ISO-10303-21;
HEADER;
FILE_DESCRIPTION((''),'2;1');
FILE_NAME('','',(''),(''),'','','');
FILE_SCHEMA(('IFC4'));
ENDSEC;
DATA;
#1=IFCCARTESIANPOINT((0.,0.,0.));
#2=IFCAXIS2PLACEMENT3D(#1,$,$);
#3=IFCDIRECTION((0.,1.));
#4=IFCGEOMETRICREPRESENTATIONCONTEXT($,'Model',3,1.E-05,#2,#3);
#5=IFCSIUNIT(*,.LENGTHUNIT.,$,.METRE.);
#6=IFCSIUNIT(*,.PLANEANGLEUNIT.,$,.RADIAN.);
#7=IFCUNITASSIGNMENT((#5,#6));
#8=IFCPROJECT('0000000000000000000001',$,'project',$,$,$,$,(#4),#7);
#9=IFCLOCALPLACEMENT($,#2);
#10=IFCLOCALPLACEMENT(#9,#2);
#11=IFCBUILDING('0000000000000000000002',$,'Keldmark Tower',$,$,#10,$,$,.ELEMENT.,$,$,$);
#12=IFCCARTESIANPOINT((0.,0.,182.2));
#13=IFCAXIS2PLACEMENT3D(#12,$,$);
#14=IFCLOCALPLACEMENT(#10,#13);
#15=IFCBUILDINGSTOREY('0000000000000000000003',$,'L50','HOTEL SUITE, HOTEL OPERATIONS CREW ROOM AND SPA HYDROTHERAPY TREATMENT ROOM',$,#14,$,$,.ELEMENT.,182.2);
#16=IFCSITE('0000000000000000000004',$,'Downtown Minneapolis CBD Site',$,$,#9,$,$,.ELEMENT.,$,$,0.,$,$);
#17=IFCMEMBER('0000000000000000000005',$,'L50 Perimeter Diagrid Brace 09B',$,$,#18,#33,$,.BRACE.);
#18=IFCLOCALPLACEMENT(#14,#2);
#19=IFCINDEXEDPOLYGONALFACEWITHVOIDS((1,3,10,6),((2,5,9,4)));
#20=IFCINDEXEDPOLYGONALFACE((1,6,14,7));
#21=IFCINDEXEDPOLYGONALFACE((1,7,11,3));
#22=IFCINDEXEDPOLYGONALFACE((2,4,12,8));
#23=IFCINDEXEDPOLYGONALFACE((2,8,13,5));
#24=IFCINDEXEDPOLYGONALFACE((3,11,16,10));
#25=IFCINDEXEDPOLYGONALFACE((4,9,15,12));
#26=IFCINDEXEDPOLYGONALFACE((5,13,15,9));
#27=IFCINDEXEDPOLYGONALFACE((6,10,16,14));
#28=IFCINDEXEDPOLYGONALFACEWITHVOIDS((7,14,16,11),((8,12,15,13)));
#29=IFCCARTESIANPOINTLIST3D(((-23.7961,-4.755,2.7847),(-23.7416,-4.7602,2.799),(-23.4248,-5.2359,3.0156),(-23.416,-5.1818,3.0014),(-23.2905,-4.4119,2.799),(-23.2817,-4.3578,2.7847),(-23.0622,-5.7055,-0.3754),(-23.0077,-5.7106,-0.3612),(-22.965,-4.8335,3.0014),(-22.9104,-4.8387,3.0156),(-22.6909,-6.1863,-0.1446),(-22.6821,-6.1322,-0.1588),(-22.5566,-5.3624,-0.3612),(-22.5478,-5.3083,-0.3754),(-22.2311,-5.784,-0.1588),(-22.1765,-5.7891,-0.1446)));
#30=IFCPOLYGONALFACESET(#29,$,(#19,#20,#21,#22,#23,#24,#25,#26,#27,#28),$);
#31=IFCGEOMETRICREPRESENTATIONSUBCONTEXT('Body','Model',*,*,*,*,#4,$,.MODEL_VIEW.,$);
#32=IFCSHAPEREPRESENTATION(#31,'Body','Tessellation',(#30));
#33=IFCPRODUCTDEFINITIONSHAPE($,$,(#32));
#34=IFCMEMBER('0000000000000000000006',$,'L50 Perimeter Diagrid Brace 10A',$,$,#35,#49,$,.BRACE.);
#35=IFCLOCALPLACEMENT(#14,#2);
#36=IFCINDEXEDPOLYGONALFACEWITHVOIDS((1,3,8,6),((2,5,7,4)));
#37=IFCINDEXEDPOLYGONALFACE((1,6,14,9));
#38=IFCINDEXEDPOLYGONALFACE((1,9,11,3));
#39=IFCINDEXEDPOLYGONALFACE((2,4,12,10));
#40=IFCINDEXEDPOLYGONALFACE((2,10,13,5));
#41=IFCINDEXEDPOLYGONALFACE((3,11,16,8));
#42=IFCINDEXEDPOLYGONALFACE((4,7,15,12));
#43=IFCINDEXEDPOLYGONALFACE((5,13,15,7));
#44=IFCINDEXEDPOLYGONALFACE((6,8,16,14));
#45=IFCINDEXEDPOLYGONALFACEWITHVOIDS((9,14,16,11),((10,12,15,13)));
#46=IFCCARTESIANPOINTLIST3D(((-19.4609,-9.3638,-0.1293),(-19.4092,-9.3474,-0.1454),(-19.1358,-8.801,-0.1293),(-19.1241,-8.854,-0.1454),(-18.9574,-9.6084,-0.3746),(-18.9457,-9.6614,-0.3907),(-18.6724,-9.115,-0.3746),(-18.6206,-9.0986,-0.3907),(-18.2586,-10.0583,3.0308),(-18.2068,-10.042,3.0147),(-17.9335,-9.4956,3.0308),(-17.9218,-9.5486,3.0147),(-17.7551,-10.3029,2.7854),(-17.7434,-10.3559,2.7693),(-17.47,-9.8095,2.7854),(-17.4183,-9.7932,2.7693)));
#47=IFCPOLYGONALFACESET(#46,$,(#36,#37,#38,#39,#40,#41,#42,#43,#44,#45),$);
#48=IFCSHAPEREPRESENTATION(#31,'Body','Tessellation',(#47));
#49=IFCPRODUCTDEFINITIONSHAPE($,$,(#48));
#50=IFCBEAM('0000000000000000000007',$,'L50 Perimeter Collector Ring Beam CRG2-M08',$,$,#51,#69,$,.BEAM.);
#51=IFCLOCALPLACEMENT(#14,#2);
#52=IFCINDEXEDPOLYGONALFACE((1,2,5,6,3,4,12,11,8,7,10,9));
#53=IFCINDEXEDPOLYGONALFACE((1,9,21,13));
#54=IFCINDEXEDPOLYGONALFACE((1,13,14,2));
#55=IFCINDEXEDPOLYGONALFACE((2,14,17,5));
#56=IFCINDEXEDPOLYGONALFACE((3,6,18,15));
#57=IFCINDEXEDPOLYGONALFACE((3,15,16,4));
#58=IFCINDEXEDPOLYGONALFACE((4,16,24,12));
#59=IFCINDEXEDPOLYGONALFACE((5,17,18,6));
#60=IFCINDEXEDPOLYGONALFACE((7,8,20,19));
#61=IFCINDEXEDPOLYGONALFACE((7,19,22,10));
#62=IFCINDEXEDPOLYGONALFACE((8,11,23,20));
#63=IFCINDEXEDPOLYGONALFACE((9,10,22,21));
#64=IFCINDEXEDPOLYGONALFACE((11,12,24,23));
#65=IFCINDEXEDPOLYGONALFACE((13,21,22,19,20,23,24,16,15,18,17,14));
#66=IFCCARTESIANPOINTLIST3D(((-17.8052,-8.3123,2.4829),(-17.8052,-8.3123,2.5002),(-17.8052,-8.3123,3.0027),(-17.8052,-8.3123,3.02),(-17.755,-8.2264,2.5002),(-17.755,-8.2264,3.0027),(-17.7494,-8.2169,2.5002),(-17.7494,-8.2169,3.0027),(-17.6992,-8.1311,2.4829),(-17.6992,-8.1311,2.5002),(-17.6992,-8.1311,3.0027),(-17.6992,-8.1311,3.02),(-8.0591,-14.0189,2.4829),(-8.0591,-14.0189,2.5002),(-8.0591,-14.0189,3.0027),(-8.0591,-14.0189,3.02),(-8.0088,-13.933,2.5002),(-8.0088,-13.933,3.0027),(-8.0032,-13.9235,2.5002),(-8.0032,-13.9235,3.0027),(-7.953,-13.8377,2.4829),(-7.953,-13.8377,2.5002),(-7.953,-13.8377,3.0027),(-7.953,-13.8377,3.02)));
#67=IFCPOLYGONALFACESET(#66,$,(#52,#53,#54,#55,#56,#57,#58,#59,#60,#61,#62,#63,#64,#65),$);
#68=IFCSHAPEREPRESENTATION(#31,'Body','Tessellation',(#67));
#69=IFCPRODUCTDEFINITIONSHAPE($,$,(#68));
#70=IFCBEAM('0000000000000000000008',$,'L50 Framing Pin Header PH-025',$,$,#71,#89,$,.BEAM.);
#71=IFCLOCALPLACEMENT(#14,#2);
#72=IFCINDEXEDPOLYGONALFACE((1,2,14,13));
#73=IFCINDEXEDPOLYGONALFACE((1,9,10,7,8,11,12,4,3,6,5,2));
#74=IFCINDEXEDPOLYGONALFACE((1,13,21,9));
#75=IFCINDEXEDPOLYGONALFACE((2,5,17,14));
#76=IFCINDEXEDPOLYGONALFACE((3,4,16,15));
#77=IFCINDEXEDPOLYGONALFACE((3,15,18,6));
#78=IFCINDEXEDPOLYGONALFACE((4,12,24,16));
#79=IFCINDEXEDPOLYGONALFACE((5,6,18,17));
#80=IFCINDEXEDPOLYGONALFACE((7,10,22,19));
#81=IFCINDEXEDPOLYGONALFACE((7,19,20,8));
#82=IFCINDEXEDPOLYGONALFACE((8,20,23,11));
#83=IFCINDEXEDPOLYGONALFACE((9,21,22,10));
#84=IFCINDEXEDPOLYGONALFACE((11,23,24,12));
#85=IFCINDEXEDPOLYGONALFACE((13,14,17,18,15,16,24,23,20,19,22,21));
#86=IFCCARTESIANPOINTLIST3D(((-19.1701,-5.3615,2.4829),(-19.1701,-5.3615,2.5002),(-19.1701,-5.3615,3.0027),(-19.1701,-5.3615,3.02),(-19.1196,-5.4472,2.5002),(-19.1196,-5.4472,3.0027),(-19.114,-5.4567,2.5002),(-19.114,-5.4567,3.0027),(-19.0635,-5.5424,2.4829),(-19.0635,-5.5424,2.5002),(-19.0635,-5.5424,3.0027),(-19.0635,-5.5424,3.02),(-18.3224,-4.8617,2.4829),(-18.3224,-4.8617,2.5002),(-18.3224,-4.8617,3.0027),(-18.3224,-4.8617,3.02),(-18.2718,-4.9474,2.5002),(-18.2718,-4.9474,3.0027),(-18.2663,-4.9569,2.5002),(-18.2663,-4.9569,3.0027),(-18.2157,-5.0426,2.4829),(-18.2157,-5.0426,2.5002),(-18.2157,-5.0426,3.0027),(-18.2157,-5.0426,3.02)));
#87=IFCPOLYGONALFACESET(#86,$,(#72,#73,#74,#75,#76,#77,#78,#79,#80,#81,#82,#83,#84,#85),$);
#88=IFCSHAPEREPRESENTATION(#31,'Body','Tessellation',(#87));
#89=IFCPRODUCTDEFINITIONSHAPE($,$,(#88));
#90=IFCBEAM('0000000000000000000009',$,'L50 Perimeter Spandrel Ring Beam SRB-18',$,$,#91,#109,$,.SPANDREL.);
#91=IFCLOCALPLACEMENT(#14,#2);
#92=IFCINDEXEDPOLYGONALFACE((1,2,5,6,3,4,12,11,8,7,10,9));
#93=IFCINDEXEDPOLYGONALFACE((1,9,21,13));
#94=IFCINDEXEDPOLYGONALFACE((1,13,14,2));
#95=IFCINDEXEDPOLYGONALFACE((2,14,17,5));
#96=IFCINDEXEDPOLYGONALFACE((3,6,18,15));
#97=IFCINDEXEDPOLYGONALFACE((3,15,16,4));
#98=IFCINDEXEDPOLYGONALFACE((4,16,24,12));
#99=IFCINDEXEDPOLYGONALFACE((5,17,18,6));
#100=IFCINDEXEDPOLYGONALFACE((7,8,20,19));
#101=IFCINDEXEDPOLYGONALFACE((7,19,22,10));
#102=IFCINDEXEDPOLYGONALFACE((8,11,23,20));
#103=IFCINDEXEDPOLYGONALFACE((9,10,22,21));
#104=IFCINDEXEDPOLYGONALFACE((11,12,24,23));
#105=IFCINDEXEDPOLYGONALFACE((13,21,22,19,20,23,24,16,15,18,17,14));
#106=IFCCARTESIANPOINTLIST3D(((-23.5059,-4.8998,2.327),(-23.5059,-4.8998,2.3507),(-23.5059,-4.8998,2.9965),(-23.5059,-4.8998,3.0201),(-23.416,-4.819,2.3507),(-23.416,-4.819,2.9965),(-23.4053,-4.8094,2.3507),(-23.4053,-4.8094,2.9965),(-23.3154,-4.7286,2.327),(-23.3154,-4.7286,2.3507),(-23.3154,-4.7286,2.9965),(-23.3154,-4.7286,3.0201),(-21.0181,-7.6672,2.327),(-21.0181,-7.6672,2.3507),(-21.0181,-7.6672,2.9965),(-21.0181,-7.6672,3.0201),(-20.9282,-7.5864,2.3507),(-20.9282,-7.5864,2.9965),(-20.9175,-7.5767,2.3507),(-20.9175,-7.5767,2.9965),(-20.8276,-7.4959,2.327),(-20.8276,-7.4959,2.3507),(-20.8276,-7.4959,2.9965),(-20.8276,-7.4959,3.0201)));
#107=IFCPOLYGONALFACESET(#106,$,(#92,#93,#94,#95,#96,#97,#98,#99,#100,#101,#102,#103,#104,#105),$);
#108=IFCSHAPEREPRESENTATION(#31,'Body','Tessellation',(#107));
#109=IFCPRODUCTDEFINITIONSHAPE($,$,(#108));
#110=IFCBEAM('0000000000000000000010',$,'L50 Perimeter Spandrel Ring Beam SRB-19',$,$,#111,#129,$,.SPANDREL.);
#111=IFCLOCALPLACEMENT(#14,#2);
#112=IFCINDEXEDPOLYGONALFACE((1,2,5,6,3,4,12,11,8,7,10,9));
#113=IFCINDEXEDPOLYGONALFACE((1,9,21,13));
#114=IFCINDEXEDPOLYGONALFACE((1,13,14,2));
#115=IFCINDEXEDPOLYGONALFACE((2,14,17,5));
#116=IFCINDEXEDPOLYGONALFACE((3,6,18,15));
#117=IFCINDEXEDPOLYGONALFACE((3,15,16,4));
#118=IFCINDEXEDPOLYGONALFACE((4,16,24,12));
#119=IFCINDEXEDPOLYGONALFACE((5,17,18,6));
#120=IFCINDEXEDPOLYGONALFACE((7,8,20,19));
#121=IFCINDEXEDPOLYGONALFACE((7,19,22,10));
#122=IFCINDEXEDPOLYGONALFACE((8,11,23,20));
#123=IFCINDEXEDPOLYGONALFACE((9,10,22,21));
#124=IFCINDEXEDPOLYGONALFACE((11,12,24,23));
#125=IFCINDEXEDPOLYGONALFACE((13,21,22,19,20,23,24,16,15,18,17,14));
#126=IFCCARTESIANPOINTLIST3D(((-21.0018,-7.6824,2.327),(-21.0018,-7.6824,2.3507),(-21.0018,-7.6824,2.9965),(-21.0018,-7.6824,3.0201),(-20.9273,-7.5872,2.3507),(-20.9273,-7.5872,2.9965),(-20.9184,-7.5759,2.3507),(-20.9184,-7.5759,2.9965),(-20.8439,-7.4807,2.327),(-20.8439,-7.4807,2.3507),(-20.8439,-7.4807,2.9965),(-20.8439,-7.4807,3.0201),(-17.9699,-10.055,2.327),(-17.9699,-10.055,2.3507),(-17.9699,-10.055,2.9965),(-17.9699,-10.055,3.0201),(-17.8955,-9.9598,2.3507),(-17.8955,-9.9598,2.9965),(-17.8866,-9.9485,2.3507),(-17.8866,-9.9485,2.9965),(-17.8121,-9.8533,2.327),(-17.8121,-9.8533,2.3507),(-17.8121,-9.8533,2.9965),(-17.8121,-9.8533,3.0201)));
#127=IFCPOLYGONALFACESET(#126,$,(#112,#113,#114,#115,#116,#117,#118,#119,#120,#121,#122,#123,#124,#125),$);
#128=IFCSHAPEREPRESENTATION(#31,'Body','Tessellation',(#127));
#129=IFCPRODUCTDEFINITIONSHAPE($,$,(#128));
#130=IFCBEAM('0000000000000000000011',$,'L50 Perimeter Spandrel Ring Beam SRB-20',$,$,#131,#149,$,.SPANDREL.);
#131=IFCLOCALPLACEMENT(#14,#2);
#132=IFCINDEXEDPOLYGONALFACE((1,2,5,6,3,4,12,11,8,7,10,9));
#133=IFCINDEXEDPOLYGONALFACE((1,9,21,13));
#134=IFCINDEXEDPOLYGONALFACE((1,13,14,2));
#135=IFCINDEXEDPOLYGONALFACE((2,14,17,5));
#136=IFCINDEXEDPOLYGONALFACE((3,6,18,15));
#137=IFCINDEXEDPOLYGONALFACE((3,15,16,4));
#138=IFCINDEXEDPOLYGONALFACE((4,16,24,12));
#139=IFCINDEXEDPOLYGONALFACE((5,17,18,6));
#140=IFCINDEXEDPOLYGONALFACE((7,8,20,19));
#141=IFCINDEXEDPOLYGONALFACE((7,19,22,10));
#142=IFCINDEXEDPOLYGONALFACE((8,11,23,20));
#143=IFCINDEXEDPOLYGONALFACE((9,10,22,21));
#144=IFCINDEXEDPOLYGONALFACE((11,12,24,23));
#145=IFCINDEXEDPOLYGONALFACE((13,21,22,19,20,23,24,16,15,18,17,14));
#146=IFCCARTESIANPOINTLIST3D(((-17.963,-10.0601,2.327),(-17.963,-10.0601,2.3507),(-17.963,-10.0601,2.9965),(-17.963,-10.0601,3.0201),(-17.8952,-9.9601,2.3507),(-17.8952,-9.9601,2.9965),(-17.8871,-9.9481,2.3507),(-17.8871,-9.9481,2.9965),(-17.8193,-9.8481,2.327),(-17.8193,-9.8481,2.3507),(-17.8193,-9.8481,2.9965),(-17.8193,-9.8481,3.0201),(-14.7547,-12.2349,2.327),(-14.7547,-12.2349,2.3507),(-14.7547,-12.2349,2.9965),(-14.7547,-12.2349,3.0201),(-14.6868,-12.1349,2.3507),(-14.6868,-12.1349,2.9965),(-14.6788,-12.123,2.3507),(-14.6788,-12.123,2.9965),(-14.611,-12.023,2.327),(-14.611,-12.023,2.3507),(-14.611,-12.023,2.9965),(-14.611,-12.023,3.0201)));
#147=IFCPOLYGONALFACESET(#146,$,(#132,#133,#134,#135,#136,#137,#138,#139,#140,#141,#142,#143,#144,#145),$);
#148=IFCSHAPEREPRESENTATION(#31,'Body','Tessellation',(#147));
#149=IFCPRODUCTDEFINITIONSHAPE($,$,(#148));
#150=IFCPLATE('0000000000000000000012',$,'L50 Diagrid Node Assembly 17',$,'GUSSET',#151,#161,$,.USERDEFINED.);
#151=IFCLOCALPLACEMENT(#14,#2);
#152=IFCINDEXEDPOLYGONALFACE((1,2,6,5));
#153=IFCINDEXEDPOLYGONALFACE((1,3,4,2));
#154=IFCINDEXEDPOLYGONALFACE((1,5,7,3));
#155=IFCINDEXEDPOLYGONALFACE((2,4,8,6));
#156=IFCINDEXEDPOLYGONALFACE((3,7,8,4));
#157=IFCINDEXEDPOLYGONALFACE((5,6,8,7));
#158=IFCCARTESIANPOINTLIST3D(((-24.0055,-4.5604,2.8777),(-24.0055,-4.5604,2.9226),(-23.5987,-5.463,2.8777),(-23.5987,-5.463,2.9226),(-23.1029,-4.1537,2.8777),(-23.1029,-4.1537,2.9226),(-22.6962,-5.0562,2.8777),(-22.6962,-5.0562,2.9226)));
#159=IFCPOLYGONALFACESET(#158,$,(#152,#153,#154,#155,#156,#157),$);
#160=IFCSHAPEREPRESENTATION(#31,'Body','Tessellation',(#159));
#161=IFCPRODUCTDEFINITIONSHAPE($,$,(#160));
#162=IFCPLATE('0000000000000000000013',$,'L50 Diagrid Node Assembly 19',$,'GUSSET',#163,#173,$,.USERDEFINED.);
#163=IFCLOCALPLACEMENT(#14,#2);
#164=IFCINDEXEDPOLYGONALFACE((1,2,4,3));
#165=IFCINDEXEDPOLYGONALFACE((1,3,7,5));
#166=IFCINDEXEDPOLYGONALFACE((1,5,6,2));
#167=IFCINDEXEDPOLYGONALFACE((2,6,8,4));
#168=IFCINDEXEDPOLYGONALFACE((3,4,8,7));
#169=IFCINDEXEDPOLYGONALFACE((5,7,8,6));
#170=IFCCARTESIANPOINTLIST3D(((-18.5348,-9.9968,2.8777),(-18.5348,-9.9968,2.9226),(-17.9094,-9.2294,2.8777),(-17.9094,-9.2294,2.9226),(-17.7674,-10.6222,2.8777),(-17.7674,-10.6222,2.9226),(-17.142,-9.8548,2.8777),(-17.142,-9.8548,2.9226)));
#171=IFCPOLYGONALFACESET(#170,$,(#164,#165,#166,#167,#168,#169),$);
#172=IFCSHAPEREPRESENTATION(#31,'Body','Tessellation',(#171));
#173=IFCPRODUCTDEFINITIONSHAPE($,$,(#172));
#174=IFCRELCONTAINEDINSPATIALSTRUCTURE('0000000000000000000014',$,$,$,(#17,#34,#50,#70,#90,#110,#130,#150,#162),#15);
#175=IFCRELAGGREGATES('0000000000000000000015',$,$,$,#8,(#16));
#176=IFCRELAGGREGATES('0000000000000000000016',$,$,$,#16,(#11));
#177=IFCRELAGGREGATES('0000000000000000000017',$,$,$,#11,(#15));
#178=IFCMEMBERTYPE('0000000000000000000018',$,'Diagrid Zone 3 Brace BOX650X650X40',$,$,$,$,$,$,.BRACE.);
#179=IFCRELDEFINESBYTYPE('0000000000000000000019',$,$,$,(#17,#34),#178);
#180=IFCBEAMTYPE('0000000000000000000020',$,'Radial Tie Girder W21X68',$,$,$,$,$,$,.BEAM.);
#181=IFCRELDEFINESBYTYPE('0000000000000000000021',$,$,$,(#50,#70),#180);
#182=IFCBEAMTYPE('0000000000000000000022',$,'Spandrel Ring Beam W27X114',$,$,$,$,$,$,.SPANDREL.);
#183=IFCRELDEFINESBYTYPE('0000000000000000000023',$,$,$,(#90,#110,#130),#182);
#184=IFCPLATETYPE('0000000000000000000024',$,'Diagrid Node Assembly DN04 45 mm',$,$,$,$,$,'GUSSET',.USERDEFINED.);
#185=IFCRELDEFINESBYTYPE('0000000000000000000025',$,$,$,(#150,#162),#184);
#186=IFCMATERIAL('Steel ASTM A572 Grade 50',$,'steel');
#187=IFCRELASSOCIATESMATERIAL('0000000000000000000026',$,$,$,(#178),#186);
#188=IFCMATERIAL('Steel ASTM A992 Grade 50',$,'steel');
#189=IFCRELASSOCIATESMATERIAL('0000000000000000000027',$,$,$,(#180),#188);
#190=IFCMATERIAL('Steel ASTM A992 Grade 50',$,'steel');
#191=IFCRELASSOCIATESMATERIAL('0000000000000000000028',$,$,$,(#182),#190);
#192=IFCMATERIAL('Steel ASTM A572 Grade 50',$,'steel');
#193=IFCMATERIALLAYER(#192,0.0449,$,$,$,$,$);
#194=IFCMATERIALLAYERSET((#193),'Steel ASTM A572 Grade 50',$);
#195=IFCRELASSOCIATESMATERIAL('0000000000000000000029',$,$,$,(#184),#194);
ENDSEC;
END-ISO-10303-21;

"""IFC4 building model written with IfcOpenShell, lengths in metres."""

from ifc_helpers import new_model, si_unit, direction, frame, origin, origin_2d, place, context, subcontext, project, spatial, rectangle, hollow_rectangle, i_section, extrude, material, layer, layer_set, material_profile, profile_set, type_object, element, save


model = new_model("IFC4")

# Units and contexts
model_context = context("Model", 3, precision=1e-05, world=origin(), true_north=direction((0.0, 1.0)))
body_context = subcontext(model_context, "Body", "Model", "MODEL_VIEW")
ifc_project = project(units=[si_unit("LENGTHUNIT", "METRE"), si_unit("PLANEANGLEUNIT", "RADIAN")], contexts=[model_context])

# Site, building, storey
site_placement = place(None, origin())
site = spatial("IfcSite", under=ifc_project, at=site_placement, Name="Downtown Minneapolis CBD Site", CompositionType="ELEMENT", RefElevation=0.0)
building_placement = place(site_placement, origin())
building = spatial("IfcBuilding", under=site, at=building_placement, Name="Keldmark Tower", CompositionType="ELEMENT")
storey_placement = place(building_placement, frame((0.0, 0.0, 182.2)))
storey = spatial("IfcBuildingStorey", under=building, at=storey_placement, Name="L50", Description="HOTEL SUITE, HOTEL OPERATIONS CREW ROOM AND SPA HYDROTHERAPY TREATMENT ROOM", CompositionType="ELEMENT", Elevation=182.2)

# Members
ifc_material_1 = material(Name="Steel ASTM A572 Grade 50", Category="steel")
ifc_material_profile_1 = material_profile(ifc_material_1, hollow_rectangle(XDim=0.6499, YDim=0.6499, WallThickness=0.04, at=origin_2d()), Name="BOX650X650X40")
ifc_profile_set_1 = profile_set([ifc_material_profile_1], Name="Steel ASTM A572 Grade 50")
member_type = type_object("IfcMemberType", Name="Diagrid Zone 3 Brace BOX650X650X40", PredefinedType="BRACE", material=ifc_profile_set_1)
member_1_placement = place(storey_placement, frame((-22.6194, -5.7473, -0.26), z_axis=(-0.217087, 0.281145, 0.934789), x_axis=(-0.791504, -0.611164, 0.0)))
element("IfcMember", 1, at=member_1_placement, inside=storey, type_object=member_type, Name="L50 Perimeter Diagrid Brace 09B", PredefinedType="BRACE", context=body_context, shape_type="SweptSolid", body=[
    extrude(hollow_rectangle(XDim=0.6499, YDim=0.6499, WallThickness=0.04, at=origin_2d()), origin(), (0.0, 0.0, 1.0), 3.3806),
])
member_2_placement = place(storey_placement, frame((-19.0408, -9.2312, -0.26), z_axis=(0.34834, -0.201224, 0.915515), x_axis=(0.500204, 0.865907, 0.0)))
element("IfcMember", 2, at=member_2_placement, inside=storey, type_object=member_type, Name="L50 Perimeter Diagrid Brace 10A", PredefinedType="BRACE", context=body_context, shape_type="SweptSolid", body=[
    extrude(hollow_rectangle(XDim=0.6499, YDim=0.6499, WallThickness=0.04, at=origin_2d()), origin(), (0.0, 0.0, 1.0), 3.4517),
])

# Beams
ifc_material_2 = material(Name="Steel ASTM A992 Grade 50", Category="steel")
ifc_material_profile_2 = material_profile(ifc_material_2, i_section(OverallWidth=0.21, OverallDepth=0.5371, WebThickness=0.011, FlangeThickness=0.0173, at=origin_2d()), Name="W21X68")
ifc_profile_set_2 = profile_set([ifc_material_profile_2], Name="Steel ASTM A992 Grade 50")
beam_type_1 = type_object("IfcBeamType", Name="Radial Tie Girder W21X68", PredefinedType="BEAM", material=ifc_profile_set_2)
beam_1_placement = place(storey_placement, frame((-17.7522, -8.2217, 2.7515), z_axis=(0.862956, -0.505279, 0.0), x_axis=(0.505279, 0.862956, 0.0)))
element("IfcBeam", 3, at=beam_1_placement, inside=storey, type_object=beam_type_1, Name="L50 Perimeter Collector Ring Beam CRG2-M08", PredefinedType="BEAM", context=body_context, shape_type="SweptSolid", body=[
    extrude(i_section(OverallWidth=0.21, OverallDepth=0.5371, WebThickness=0.011, FlangeThickness=0.0173, at=origin_2d()), origin(), (0.0, 0.0, 1.0), 11.2939),
])
beam_2_placement = place(storey_placement, frame((-18.269, -4.9521, 2.7515), z_axis=(-0.86143, -0.507876, 0.0), x_axis=(0.507876, -0.86143, 0.0)))
element("IfcBeam", 4, at=beam_2_placement, inside=storey, type_object=beam_type_1, Name="L50 Framing Pin Header PH-025", PredefinedType="BEAM", context=body_context, shape_type="SweptSolid", body=[
    extrude(i_section(OverallWidth=0.21, OverallDepth=0.5371, WebThickness=0.011, FlangeThickness=0.0173, at=origin_2d()), origin(), (0.0, 0.0, 1.0), 0.9841),
])
ifc_material_3 = material(Name="Steel ASTM A992 Grade 50", Category="steel")
ifc_material_profile_3 = material_profile(ifc_material_3, i_section(OverallWidth=0.2561, OverallDepth=0.6931, WebThickness=0.0144, FlangeThickness=0.0237, at=origin_2d()), Name="W27X114")
ifc_profile_set_3 = profile_set([ifc_material_profile_3], Name="Steel ASTM A992 Grade 50")
beam_type_2 = type_object("IfcBeamType", Name="Spandrel Ring Beam W27X114", PredefinedType="SPANDREL", material=ifc_profile_set_3)
beam_3_placement = place(storey_placement, frame((-23.4106, -4.8142, 2.6736), z_axis=(0.668548, -0.743669, 0.0), x_axis=(0.743669, 0.668548, 0.0)))
element("IfcBeam", 5, at=beam_3_placement, inside=storey, type_object=beam_type_2, Name="L50 Perimeter Spandrel Ring Beam SRB-18", PredefinedType="SPANDREL", context=body_context, shape_type="SweptSolid", body=[
    extrude(i_section(OverallWidth=0.2561, OverallDepth=0.6931, WebThickness=0.0144, FlangeThickness=0.0237, at=origin_2d()), origin(), (0.0, 0.0, 1.0), 3.7212),
])
beam_4_placement = place(storey_placement, frame((-20.9229, -7.5815, 2.6736), z_axis=(0.787518, -0.616291, 0.0), x_axis=(0.616291, 0.787518, 0.0)))
element("IfcBeam", 6, at=beam_4_placement, inside=storey, type_object=beam_type_2, Name="L50 Perimeter Spandrel Ring Beam SRB-19", PredefinedType="SPANDREL", context=body_context, shape_type="SweptSolid", body=[
    extrude(i_section(OverallWidth=0.2561, OverallDepth=0.6931, WebThickness=0.0144, FlangeThickness=0.0237, at=origin_2d()), origin(), (0.0, 0.0, 1.0), 3.8499),
])
beam_5_placement = place(storey_placement, frame((-17.8911, -9.9541, 2.6736), z_axis=(0.827742, -0.561109, 0.0), x_axis=(0.561109, 0.827742, 0.0)))
element("IfcBeam", 7, at=beam_5_placement, inside=storey, type_object=beam_type_2, Name="L50 Perimeter Spandrel Ring Beam SRB-20", PredefinedType="SPANDREL", context=body_context, shape_type="SweptSolid", body=[
    extrude(i_section(OverallWidth=0.2561, OverallDepth=0.6931, WebThickness=0.0144, FlangeThickness=0.0237, at=origin_2d()), origin(), (0.0, 0.0, 1.0), 3.876),
])

# Plates
ifc_material_4 = material(Name="Steel ASTM A572 Grade 50", Category="steel")
ifc_layer_1 = layer(ifc_material_4, 0.0449)
ifc_layer_set_1 = layer_set([ifc_layer_1], Name="Steel ASTM A572 Grade 50")
plate_type = type_object("IfcPlateType", Name="Diagrid Node Assembly DN04 45 mm", ElementType="GUSSET", PredefinedType="USERDEFINED", material=ifc_layer_set_1)
for number, where, z_axis, x_axis, name in (
    (8, (-23.3508, -4.8083, 2.8777), (0.0, 0.0, 1.0), (0.410878, -0.91169, 0.0), "L50 Diagrid Node Assembly 17"),
    (9, (-17.8384, -9.9258, 2.8777), (0.0, 0.0, 1.0), (0.775165, -0.631759, 0.0), "L50 Diagrid Node Assembly 19"),
):
    element("IfcPlate", number, at=place(storey_placement, frame(where, z_axis=z_axis, x_axis=x_axis)), inside=storey, type_object=plate_type, Name=name, ObjectType="GUSSET", PredefinedType="USERDEFINED", context=body_context, shape_type="SweptSolid", body=[
        extrude(rectangle(XDim=0.99, YDim=0.99, at=origin_2d()), origin(), (0.0, 0.0, 1.0), 0.0449),
    ])

save(model, "model.ifc")
